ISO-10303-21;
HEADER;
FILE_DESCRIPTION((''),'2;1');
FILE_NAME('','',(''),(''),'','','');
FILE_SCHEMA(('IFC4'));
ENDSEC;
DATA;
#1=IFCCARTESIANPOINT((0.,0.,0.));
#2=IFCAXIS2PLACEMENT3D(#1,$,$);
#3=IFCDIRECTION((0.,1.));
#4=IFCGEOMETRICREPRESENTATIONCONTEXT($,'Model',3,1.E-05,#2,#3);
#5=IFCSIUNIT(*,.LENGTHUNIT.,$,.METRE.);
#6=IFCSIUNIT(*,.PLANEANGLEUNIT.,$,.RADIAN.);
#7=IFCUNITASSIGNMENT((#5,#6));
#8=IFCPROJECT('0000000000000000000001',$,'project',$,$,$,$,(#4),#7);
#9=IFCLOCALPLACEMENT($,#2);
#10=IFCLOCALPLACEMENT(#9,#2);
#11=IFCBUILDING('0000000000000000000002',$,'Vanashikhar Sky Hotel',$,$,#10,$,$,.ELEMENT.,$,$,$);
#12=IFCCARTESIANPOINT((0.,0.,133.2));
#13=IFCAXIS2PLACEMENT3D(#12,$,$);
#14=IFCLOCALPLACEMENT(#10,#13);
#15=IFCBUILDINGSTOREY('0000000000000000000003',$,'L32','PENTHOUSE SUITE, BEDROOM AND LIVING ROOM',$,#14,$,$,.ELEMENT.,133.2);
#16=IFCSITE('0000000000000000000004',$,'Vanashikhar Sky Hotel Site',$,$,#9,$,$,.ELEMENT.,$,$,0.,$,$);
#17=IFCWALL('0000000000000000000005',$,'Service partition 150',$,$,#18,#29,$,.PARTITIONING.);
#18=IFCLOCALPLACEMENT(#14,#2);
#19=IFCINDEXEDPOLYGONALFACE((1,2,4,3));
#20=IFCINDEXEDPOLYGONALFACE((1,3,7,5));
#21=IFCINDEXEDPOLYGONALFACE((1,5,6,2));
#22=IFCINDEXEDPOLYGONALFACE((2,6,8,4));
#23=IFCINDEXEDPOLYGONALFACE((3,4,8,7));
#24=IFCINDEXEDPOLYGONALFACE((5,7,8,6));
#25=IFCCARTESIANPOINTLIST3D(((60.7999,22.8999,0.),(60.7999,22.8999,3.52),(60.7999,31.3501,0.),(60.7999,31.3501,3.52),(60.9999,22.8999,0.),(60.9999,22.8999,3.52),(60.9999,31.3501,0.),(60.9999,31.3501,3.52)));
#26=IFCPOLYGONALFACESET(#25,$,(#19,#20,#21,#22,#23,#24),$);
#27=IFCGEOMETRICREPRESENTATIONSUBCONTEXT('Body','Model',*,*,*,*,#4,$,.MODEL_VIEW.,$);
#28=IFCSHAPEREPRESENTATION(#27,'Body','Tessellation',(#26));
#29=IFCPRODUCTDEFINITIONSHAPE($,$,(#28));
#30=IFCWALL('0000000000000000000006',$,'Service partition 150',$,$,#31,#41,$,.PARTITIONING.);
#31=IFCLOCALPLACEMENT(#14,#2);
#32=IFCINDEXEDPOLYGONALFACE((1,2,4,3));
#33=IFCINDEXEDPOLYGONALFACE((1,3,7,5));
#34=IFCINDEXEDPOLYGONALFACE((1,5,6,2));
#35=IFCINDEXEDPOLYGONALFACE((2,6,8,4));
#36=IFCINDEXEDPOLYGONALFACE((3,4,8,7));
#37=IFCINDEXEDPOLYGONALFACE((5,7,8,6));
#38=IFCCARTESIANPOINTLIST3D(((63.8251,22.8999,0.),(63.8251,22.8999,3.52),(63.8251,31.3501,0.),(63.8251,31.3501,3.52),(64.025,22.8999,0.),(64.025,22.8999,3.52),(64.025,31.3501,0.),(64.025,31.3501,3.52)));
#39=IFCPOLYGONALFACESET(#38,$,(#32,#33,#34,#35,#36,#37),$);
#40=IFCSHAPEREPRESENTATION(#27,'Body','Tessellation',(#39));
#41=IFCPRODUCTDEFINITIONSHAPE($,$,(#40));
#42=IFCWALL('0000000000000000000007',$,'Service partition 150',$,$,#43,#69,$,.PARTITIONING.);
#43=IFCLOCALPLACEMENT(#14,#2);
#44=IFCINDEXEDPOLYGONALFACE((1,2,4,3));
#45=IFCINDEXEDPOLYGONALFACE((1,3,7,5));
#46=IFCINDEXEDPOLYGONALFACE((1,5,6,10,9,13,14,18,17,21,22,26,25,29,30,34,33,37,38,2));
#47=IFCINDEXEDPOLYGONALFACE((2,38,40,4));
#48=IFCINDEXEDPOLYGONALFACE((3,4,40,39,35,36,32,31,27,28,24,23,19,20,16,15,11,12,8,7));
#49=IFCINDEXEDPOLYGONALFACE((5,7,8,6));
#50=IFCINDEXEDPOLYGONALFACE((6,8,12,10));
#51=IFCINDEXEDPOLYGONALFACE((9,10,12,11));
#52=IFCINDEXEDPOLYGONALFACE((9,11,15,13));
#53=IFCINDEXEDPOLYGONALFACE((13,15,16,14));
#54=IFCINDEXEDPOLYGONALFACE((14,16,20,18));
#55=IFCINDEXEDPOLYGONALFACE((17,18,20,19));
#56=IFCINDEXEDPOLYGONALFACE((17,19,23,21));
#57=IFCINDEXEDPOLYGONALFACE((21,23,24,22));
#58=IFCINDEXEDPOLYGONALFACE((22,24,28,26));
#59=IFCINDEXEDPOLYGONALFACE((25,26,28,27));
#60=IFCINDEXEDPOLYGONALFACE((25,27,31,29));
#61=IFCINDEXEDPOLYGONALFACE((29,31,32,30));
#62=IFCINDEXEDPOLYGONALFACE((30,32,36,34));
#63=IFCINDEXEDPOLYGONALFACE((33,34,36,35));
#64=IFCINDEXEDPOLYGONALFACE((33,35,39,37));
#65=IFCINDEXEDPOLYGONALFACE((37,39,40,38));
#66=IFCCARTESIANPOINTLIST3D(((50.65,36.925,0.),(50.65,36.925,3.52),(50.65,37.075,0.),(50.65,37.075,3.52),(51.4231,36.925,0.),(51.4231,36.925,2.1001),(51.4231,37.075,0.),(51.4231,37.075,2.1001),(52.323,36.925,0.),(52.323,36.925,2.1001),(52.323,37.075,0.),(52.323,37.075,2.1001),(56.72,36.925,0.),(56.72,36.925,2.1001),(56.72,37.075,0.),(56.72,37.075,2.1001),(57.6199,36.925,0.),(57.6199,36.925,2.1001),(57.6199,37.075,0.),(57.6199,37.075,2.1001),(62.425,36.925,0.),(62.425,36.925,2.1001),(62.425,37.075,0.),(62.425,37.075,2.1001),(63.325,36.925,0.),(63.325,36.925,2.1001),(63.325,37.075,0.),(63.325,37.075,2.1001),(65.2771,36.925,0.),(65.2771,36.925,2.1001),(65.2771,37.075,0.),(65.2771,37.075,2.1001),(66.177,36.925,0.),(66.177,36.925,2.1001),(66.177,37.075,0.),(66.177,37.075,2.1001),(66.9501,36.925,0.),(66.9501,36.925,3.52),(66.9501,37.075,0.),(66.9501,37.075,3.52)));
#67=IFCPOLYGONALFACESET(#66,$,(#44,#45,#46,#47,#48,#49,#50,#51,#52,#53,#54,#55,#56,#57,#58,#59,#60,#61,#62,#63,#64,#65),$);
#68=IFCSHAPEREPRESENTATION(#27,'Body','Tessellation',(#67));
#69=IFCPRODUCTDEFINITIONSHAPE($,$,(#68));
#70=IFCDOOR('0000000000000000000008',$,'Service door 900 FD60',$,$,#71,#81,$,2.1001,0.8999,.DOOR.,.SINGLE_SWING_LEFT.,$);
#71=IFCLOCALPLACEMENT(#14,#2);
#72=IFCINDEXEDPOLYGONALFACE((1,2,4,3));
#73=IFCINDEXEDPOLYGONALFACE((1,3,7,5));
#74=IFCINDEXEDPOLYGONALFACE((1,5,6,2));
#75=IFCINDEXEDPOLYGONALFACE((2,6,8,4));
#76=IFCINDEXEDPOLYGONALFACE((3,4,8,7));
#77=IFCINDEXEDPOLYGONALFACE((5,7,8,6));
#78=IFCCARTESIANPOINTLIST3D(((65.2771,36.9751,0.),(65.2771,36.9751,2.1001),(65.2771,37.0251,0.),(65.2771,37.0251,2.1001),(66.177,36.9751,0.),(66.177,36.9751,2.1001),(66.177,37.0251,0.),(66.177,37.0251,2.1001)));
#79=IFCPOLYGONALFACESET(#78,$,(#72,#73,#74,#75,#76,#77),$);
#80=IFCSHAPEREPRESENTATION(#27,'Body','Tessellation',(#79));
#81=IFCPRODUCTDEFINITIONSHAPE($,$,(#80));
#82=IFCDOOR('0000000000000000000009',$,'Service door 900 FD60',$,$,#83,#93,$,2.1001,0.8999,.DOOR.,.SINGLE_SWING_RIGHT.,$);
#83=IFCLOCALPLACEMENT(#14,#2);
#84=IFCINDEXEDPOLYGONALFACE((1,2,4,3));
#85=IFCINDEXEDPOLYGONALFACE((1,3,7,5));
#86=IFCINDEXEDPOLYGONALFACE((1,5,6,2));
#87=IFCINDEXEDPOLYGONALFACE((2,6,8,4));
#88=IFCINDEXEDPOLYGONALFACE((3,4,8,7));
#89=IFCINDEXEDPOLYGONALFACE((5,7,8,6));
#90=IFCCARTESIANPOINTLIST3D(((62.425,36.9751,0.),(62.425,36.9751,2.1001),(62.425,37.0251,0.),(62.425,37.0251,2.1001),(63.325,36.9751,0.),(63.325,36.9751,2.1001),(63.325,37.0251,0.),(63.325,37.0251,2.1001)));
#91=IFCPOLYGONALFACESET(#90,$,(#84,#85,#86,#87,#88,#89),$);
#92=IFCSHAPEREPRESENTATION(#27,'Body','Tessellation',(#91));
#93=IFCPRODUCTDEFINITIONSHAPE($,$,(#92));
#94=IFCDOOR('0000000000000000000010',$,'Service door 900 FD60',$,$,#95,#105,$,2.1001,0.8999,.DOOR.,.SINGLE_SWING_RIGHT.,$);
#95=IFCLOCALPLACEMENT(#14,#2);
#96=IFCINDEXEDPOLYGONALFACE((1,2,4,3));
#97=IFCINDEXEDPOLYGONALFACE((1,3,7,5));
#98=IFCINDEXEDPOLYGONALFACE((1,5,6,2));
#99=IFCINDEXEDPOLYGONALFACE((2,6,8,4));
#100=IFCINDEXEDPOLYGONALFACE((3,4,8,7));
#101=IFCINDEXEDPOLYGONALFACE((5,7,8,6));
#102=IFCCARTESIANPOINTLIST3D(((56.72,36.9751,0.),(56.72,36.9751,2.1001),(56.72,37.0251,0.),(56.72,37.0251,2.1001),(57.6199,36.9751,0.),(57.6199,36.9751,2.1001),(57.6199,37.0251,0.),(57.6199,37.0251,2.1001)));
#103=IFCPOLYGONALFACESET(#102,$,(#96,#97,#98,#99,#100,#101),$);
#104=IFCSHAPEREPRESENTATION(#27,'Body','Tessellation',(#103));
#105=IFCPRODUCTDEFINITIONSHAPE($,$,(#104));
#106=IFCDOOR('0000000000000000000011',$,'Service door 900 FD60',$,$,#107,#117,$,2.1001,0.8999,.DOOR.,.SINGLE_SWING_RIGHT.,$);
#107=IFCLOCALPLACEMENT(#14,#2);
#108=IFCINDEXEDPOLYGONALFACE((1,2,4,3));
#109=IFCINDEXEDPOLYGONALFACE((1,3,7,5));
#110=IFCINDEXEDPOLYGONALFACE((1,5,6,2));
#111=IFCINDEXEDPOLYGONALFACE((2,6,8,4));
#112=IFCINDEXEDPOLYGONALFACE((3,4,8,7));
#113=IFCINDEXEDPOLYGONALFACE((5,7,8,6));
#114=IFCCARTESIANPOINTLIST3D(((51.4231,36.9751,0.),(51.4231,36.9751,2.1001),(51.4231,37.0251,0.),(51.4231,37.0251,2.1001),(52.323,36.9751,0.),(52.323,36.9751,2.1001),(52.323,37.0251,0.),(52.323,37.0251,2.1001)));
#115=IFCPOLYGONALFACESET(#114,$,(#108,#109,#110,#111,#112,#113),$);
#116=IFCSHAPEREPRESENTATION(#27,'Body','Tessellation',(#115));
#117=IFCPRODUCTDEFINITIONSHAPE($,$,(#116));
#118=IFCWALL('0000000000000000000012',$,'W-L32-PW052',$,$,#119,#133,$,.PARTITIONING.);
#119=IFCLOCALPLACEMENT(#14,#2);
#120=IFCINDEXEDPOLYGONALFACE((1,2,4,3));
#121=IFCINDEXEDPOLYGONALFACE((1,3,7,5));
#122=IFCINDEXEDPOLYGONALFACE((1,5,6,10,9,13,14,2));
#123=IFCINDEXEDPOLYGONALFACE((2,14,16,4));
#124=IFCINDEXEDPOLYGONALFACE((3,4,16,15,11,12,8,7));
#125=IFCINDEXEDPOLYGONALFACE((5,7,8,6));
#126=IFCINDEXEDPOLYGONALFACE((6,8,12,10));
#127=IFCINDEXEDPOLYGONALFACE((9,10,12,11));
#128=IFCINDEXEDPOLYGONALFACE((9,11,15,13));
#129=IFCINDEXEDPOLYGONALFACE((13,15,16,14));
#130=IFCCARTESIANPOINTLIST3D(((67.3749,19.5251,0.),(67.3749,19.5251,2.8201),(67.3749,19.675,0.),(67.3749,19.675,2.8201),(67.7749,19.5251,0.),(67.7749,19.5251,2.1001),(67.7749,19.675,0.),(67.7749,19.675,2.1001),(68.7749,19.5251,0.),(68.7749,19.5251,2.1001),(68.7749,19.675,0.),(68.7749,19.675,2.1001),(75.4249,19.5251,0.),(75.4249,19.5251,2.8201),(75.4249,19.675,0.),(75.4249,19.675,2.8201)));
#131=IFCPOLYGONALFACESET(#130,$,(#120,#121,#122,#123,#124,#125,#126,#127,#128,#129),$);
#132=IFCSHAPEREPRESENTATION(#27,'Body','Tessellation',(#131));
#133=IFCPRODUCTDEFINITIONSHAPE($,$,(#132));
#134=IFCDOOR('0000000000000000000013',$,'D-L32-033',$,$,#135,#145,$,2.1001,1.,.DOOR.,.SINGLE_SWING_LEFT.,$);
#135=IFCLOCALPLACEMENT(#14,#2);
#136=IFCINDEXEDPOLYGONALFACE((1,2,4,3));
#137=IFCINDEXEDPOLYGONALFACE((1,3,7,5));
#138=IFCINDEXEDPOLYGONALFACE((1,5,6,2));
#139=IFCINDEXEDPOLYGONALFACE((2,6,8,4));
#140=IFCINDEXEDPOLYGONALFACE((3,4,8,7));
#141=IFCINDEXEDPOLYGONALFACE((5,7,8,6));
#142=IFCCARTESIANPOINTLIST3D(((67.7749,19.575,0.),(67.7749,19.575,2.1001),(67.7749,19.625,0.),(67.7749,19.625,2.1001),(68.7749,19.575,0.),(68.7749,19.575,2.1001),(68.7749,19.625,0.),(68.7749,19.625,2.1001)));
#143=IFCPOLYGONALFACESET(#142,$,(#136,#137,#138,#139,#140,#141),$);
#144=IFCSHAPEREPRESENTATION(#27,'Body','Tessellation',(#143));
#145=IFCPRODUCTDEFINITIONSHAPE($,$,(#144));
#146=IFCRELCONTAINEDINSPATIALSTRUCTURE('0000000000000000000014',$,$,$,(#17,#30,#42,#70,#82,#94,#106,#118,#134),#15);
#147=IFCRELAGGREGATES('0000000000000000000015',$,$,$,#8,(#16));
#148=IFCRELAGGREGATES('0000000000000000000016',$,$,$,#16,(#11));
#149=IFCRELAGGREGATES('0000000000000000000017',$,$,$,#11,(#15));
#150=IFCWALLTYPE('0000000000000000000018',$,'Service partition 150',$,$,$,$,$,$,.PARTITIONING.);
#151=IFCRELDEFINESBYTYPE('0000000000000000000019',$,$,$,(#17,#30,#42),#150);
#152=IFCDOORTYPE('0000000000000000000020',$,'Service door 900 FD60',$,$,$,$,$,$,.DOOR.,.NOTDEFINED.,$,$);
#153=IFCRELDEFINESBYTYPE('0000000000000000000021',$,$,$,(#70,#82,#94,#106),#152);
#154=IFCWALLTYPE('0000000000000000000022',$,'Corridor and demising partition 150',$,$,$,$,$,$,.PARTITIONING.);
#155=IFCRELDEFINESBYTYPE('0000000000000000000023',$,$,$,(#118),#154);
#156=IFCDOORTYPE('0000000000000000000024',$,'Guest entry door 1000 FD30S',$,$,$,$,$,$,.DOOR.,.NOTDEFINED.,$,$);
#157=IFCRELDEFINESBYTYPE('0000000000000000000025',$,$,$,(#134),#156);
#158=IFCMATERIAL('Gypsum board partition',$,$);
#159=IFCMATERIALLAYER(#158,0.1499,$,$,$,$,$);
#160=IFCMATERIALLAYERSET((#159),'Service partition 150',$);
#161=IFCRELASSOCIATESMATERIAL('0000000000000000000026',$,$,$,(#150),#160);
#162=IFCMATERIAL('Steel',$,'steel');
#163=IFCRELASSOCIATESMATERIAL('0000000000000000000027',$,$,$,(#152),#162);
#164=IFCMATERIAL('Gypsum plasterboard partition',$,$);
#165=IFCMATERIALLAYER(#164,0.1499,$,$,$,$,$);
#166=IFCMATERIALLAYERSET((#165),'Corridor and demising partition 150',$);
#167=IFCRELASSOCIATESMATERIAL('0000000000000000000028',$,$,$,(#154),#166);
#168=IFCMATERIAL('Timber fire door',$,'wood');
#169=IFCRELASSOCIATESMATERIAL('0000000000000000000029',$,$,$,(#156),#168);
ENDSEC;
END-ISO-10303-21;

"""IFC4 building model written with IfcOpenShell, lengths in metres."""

from ifc_helpers import new_model, si_unit, direction, frame, frame_2d, origin, place, context, subcontext, project, spatial, rectangle, extrude, source, transform, mapped, material, layer, layer_set, type_object, element, fill, save


model = new_model("IFC4")

# Units and contexts
model_context = context("Model", 3, precision=1e-05, world=origin(), true_north=direction((0.0, 1.0)))
body_context = subcontext(model_context, "Body", "Model", "MODEL_VIEW")
ifc_project = project(units=[si_unit("LENGTHUNIT", "METRE"), si_unit("PLANEANGLEUNIT", "RADIAN")], contexts=[model_context])

# Site, building, storey
site_placement = place(None, origin())
site = spatial("IfcSite", under=ifc_project, at=site_placement, Name="Vanashikhar Sky Hotel Site", CompositionType="ELEMENT", RefElevation=0.0)
building_placement = place(site_placement, origin())
building = spatial("IfcBuilding", under=site, at=building_placement, Name="Vanashikhar Sky Hotel", CompositionType="ELEMENT")
storey_placement = place(building_placement, frame((0.0, 0.0, 133.2)))
storey = spatial("IfcBuildingStorey", under=building, at=storey_placement, Name="L32", Description="PENTHOUSE SUITE, BEDROOM AND LIVING ROOM", CompositionType="ELEMENT", Elevation=133.2)

# Shared definitions
ifc_material_1 = material(Name="Gypsum board partition")
ifc_layer_1 = layer(ifc_material_1, 0.1499)
ifc_layer_set_1 = layer_set([ifc_layer_1], Name="Service partition 150")
wall_type_1 = type_object("IfcWallType", Name="Service partition 150", PredefinedType="PARTITIONING", material=ifc_layer_set_1)

# Shared definitions
shared_shape_1 = source(origin(), body_context, "Body", "SweptSolid", [
    extrude(rectangle(XDim=0.8999, YDim=2.1001, at=frame_2d((0.45, 1.05))), frame((0.0, 0.085, 0.0), z_axis=(0.0, -1.0, 0.0), x_axis=(1.0, 0.0, 0.0)), (0.0, 0.0, 1.0), 0.1699),
])
ifc_material_2 = material(Name="Steel", Category="steel")
door_type_1 = type_object("IfcDoorType", Name="Service door 900 FD60", OperationType="NOTDEFINED", PredefinedType="DOOR", material=ifc_material_2)
shared_shape_2 = source(origin(), body_context, "Body", "SweptSolid", [
    extrude(rectangle(XDim=0.8999, YDim=2.1001, at=frame_2d((0.45, 1.05))), frame((0.0, 0.0249, 0.0), z_axis=(0.0, -1.0, 0.0), x_axis=(1.0, 0.0, 0.0)), (0.0, 0.0, 1.0), 0.05),
])

# Walls
shared_shape_3 = source(origin(), body_context, "Body", "SweptSolid", [
    extrude(rectangle(XDim=8.4502, YDim=0.2, at=frame_2d((4.2251, 0.0))), origin(), (0.0, 0.0, 1.0), 3.52),
])
for number, where, z_axis, x_axis, name in (
    (1, (60.8999, 22.8999, 0.0), (0.0, 0.0, 1.0), (0.0, 1.0, 0.0), "Service partition 150"),
    (2, (63.925, 22.8999, 0.0), (0.0, 0.0, 1.0), (0.0, 1.0, 0.0), "Service partition 150"),
):
    element("IfcWall", number, at=place(storey_placement, frame(where, z_axis=z_axis, x_axis=x_axis)), inside=storey, type_object=wall_type_1, Name=name, PredefinedType="PARTITIONING", context=body_context, shape_type="MappedRepresentation", body=[
        mapped(shared_shape_3, transform((0.0, 0.0, 0.0), scale=1.0)),
    ])

# Wall, openings, doors
shared_shape_4 = source(origin(), body_context, "Body", "SweptSolid", [
    extrude(rectangle(XDim=16.3, YDim=0.1499, at=frame_2d((8.1499, 0.0))), origin(), (0.0, 0.0, 1.0), 3.52),
])
wall_1_placement = place(storey_placement, frame((66.95, 37.0, 0.0), z_axis=(0.0, 0.0, 1.0), x_axis=(-1.0, 0.0, 0.0)))
wall_1 = element("IfcWall", 3, at=wall_1_placement, inside=storey, type_object=wall_type_1, Name="Service partition 150", PredefinedType="PARTITIONING", context=body_context, shape_type="MappedRepresentation", body=[
    mapped(shared_shape_4, transform((0.0, 0.0, 0.0), scale=1.0)),
])
opening_1_placement = place(wall_1_placement, frame((0.7729, 0.0, 0.0)))
opening_1 = element("IfcOpeningElement", 4, at=opening_1_placement, cuts=wall_1, PredefinedType="OPENING", context=body_context, shape_type="MappedRepresentation", body=[
    mapped(shared_shape_1, transform((0.0, 0.0, 0.0), scale=1.0)),
])
opening_2_placement = place(wall_1_placement, frame((3.625, 0.0, 0.0)))
opening_2 = element("IfcOpeningElement", 5, at=opening_2_placement, cuts=wall_1, PredefinedType="OPENING", context=body_context, shape_type="MappedRepresentation", body=[
    mapped(shared_shape_1, transform((0.0, 0.0, 0.0), scale=1.0)),
])
opening_3_placement = place(wall_1_placement, frame((9.3301, 0.0, 0.0)))
opening_3 = element("IfcOpeningElement", 6, at=opening_3_placement, cuts=wall_1, PredefinedType="OPENING", context=body_context, shape_type="MappedRepresentation", body=[
    mapped(shared_shape_1, transform((0.0, 0.0, 0.0), scale=1.0)),
])
opening_4_placement = place(wall_1_placement, frame((14.627, 0.0, 0.0)))
opening_4 = element("IfcOpeningElement", 7, at=opening_4_placement, cuts=wall_1, PredefinedType="OPENING", context=body_context, shape_type="MappedRepresentation", body=[
    mapped(shared_shape_1, transform((0.0, 0.0, 0.0), scale=1.0)),
])
door_1_placement = place(opening_1_placement, origin())
door_1 = element("IfcDoor", 8, at=door_1_placement, inside=storey, type_object=door_type_1, Name="Service door 900 FD60", OperationType="SINGLE_SWING_LEFT", OverallHeight=2.1001, OverallWidth=0.8999, PredefinedType="DOOR", context=body_context, shape_type="MappedRepresentation", body=[
    mapped(shared_shape_2, transform((0.0, 0.0, 0.0), scale=1.0)),
])
fill(opening_1, door_1)
door_2_placement = place(opening_2_placement, origin())
door_2 = element("IfcDoor", 9, at=door_2_placement, inside=storey, type_object=door_type_1, Name="Service door 900 FD60", OperationType="SINGLE_SWING_RIGHT", OverallHeight=2.1001, OverallWidth=0.8999, PredefinedType="DOOR", context=body_context, shape_type="MappedRepresentation", body=[
    mapped(shared_shape_2, transform((0.0, 0.0, 0.0), scale=1.0)),
])
fill(opening_2, door_2)
door_3_placement = place(opening_3_placement, origin())
door_3 = element("IfcDoor", 10, at=door_3_placement, inside=storey, type_object=door_type_1, Name="Service door 900 FD60", OperationType="SINGLE_SWING_RIGHT", OverallHeight=2.1001, OverallWidth=0.8999, PredefinedType="DOOR", context=body_context, shape_type="MappedRepresentation", body=[
    mapped(shared_shape_2, transform((0.0, 0.0, 0.0), scale=1.0)),
])
fill(opening_3, door_3)
door_4_placement = place(opening_4_placement, origin())
door_4 = element("IfcDoor", 11, at=door_4_placement, inside=storey, type_object=door_type_1, Name="Service door 900 FD60", OperationType="SINGLE_SWING_RIGHT", OverallHeight=2.1001, OverallWidth=0.8999, PredefinedType="DOOR", context=body_context, shape_type="MappedRepresentation", body=[
    mapped(shared_shape_2, transform((0.0, 0.0, 0.0), scale=1.0)),
])
fill(opening_4, door_4)

# Wall, opening, door
ifc_material_3 = material(Name="Gypsum plasterboard partition")
ifc_layer_2 = layer(ifc_material_3, 0.1499)
ifc_layer_set_2 = layer_set([ifc_layer_2], Name="Corridor and demising partition 150")
wall_type_2 = type_object("IfcWallType", Name="Corridor and demising partition 150", PredefinedType="PARTITIONING", material=ifc_layer_set_2)
shared_shape_5 = source(origin(), body_context, "Body", "SweptSolid", [
    extrude(rectangle(XDim=8.05, YDim=0.1499, at=frame_2d((4.0249, 0.0))), origin(), (0.0, 0.0, 1.0), 2.8201),
])
wall_2_placement = place(storey_placement, frame((67.375, 19.6001, 0.0), z_axis=(0.0, 0.0, 1.0), x_axis=(1.0, 0.0, 0.0)))
wall_2 = element("IfcWall", 12, at=wall_2_placement, inside=storey, type_object=wall_type_2, Name="W-L32-PW052", PredefinedType="PARTITIONING", context=body_context, shape_type="MappedRepresentation", body=[
    mapped(shared_shape_5, transform((0.0, 0.0, 0.0), scale=1.0)),
])
shared_shape_6 = source(origin(), body_context, "Body", "SweptSolid", [
    extrude(rectangle(XDim=1.0, YDim=2.1001, at=frame_2d((0.5, 1.05))), frame((0.0, 0.085, 0.0), z_axis=(0.0, -1.0, 0.0), x_axis=(1.0, 0.0, 0.0)), (0.0, 0.0, 1.0), 0.1699),
])
opening_5_placement = place(wall_2_placement, frame((0.3999, 0.0, 0.0)))
opening_5 = element("IfcOpeningElement", 13, at=opening_5_placement, cuts=wall_2, PredefinedType="OPENING", context=body_context, shape_type="MappedRepresentation", body=[
    mapped(shared_shape_6, transform((0.0, 0.0, 0.0), scale=1.0)),
])
ifc_material_4 = material(Name="Timber fire door", Category="wood")
door_type_2 = type_object("IfcDoorType", Name="Guest entry door 1000 FD30S", OperationType="NOTDEFINED", PredefinedType="DOOR", material=ifc_material_4)
shared_shape_7 = source(origin(), body_context, "Body", "SweptSolid", [
    extrude(rectangle(XDim=1.0, YDim=2.1001, at=frame_2d((0.5, 1.05))), frame((0.0, 0.0249, 0.0), z_axis=(0.0, -1.0, 0.0), x_axis=(1.0, 0.0, 0.0)), (0.0, 0.0, 1.0), 0.05),
])
door_5_placement = place(opening_5_placement, origin())
door_5 = element("IfcDoor", 14, at=door_5_placement, inside=storey, type_object=door_type_2, Name="D-L32-033", OperationType="SINGLE_SWING_LEFT", OverallHeight=2.1001, OverallWidth=1.0, PredefinedType="DOOR", context=body_context, shape_type="MappedRepresentation", body=[
    mapped(shared_shape_7, transform((0.0, 0.0, 0.0), scale=1.0)),
])
fill(opening_5, door_5)

save(model, "model.ifc")
